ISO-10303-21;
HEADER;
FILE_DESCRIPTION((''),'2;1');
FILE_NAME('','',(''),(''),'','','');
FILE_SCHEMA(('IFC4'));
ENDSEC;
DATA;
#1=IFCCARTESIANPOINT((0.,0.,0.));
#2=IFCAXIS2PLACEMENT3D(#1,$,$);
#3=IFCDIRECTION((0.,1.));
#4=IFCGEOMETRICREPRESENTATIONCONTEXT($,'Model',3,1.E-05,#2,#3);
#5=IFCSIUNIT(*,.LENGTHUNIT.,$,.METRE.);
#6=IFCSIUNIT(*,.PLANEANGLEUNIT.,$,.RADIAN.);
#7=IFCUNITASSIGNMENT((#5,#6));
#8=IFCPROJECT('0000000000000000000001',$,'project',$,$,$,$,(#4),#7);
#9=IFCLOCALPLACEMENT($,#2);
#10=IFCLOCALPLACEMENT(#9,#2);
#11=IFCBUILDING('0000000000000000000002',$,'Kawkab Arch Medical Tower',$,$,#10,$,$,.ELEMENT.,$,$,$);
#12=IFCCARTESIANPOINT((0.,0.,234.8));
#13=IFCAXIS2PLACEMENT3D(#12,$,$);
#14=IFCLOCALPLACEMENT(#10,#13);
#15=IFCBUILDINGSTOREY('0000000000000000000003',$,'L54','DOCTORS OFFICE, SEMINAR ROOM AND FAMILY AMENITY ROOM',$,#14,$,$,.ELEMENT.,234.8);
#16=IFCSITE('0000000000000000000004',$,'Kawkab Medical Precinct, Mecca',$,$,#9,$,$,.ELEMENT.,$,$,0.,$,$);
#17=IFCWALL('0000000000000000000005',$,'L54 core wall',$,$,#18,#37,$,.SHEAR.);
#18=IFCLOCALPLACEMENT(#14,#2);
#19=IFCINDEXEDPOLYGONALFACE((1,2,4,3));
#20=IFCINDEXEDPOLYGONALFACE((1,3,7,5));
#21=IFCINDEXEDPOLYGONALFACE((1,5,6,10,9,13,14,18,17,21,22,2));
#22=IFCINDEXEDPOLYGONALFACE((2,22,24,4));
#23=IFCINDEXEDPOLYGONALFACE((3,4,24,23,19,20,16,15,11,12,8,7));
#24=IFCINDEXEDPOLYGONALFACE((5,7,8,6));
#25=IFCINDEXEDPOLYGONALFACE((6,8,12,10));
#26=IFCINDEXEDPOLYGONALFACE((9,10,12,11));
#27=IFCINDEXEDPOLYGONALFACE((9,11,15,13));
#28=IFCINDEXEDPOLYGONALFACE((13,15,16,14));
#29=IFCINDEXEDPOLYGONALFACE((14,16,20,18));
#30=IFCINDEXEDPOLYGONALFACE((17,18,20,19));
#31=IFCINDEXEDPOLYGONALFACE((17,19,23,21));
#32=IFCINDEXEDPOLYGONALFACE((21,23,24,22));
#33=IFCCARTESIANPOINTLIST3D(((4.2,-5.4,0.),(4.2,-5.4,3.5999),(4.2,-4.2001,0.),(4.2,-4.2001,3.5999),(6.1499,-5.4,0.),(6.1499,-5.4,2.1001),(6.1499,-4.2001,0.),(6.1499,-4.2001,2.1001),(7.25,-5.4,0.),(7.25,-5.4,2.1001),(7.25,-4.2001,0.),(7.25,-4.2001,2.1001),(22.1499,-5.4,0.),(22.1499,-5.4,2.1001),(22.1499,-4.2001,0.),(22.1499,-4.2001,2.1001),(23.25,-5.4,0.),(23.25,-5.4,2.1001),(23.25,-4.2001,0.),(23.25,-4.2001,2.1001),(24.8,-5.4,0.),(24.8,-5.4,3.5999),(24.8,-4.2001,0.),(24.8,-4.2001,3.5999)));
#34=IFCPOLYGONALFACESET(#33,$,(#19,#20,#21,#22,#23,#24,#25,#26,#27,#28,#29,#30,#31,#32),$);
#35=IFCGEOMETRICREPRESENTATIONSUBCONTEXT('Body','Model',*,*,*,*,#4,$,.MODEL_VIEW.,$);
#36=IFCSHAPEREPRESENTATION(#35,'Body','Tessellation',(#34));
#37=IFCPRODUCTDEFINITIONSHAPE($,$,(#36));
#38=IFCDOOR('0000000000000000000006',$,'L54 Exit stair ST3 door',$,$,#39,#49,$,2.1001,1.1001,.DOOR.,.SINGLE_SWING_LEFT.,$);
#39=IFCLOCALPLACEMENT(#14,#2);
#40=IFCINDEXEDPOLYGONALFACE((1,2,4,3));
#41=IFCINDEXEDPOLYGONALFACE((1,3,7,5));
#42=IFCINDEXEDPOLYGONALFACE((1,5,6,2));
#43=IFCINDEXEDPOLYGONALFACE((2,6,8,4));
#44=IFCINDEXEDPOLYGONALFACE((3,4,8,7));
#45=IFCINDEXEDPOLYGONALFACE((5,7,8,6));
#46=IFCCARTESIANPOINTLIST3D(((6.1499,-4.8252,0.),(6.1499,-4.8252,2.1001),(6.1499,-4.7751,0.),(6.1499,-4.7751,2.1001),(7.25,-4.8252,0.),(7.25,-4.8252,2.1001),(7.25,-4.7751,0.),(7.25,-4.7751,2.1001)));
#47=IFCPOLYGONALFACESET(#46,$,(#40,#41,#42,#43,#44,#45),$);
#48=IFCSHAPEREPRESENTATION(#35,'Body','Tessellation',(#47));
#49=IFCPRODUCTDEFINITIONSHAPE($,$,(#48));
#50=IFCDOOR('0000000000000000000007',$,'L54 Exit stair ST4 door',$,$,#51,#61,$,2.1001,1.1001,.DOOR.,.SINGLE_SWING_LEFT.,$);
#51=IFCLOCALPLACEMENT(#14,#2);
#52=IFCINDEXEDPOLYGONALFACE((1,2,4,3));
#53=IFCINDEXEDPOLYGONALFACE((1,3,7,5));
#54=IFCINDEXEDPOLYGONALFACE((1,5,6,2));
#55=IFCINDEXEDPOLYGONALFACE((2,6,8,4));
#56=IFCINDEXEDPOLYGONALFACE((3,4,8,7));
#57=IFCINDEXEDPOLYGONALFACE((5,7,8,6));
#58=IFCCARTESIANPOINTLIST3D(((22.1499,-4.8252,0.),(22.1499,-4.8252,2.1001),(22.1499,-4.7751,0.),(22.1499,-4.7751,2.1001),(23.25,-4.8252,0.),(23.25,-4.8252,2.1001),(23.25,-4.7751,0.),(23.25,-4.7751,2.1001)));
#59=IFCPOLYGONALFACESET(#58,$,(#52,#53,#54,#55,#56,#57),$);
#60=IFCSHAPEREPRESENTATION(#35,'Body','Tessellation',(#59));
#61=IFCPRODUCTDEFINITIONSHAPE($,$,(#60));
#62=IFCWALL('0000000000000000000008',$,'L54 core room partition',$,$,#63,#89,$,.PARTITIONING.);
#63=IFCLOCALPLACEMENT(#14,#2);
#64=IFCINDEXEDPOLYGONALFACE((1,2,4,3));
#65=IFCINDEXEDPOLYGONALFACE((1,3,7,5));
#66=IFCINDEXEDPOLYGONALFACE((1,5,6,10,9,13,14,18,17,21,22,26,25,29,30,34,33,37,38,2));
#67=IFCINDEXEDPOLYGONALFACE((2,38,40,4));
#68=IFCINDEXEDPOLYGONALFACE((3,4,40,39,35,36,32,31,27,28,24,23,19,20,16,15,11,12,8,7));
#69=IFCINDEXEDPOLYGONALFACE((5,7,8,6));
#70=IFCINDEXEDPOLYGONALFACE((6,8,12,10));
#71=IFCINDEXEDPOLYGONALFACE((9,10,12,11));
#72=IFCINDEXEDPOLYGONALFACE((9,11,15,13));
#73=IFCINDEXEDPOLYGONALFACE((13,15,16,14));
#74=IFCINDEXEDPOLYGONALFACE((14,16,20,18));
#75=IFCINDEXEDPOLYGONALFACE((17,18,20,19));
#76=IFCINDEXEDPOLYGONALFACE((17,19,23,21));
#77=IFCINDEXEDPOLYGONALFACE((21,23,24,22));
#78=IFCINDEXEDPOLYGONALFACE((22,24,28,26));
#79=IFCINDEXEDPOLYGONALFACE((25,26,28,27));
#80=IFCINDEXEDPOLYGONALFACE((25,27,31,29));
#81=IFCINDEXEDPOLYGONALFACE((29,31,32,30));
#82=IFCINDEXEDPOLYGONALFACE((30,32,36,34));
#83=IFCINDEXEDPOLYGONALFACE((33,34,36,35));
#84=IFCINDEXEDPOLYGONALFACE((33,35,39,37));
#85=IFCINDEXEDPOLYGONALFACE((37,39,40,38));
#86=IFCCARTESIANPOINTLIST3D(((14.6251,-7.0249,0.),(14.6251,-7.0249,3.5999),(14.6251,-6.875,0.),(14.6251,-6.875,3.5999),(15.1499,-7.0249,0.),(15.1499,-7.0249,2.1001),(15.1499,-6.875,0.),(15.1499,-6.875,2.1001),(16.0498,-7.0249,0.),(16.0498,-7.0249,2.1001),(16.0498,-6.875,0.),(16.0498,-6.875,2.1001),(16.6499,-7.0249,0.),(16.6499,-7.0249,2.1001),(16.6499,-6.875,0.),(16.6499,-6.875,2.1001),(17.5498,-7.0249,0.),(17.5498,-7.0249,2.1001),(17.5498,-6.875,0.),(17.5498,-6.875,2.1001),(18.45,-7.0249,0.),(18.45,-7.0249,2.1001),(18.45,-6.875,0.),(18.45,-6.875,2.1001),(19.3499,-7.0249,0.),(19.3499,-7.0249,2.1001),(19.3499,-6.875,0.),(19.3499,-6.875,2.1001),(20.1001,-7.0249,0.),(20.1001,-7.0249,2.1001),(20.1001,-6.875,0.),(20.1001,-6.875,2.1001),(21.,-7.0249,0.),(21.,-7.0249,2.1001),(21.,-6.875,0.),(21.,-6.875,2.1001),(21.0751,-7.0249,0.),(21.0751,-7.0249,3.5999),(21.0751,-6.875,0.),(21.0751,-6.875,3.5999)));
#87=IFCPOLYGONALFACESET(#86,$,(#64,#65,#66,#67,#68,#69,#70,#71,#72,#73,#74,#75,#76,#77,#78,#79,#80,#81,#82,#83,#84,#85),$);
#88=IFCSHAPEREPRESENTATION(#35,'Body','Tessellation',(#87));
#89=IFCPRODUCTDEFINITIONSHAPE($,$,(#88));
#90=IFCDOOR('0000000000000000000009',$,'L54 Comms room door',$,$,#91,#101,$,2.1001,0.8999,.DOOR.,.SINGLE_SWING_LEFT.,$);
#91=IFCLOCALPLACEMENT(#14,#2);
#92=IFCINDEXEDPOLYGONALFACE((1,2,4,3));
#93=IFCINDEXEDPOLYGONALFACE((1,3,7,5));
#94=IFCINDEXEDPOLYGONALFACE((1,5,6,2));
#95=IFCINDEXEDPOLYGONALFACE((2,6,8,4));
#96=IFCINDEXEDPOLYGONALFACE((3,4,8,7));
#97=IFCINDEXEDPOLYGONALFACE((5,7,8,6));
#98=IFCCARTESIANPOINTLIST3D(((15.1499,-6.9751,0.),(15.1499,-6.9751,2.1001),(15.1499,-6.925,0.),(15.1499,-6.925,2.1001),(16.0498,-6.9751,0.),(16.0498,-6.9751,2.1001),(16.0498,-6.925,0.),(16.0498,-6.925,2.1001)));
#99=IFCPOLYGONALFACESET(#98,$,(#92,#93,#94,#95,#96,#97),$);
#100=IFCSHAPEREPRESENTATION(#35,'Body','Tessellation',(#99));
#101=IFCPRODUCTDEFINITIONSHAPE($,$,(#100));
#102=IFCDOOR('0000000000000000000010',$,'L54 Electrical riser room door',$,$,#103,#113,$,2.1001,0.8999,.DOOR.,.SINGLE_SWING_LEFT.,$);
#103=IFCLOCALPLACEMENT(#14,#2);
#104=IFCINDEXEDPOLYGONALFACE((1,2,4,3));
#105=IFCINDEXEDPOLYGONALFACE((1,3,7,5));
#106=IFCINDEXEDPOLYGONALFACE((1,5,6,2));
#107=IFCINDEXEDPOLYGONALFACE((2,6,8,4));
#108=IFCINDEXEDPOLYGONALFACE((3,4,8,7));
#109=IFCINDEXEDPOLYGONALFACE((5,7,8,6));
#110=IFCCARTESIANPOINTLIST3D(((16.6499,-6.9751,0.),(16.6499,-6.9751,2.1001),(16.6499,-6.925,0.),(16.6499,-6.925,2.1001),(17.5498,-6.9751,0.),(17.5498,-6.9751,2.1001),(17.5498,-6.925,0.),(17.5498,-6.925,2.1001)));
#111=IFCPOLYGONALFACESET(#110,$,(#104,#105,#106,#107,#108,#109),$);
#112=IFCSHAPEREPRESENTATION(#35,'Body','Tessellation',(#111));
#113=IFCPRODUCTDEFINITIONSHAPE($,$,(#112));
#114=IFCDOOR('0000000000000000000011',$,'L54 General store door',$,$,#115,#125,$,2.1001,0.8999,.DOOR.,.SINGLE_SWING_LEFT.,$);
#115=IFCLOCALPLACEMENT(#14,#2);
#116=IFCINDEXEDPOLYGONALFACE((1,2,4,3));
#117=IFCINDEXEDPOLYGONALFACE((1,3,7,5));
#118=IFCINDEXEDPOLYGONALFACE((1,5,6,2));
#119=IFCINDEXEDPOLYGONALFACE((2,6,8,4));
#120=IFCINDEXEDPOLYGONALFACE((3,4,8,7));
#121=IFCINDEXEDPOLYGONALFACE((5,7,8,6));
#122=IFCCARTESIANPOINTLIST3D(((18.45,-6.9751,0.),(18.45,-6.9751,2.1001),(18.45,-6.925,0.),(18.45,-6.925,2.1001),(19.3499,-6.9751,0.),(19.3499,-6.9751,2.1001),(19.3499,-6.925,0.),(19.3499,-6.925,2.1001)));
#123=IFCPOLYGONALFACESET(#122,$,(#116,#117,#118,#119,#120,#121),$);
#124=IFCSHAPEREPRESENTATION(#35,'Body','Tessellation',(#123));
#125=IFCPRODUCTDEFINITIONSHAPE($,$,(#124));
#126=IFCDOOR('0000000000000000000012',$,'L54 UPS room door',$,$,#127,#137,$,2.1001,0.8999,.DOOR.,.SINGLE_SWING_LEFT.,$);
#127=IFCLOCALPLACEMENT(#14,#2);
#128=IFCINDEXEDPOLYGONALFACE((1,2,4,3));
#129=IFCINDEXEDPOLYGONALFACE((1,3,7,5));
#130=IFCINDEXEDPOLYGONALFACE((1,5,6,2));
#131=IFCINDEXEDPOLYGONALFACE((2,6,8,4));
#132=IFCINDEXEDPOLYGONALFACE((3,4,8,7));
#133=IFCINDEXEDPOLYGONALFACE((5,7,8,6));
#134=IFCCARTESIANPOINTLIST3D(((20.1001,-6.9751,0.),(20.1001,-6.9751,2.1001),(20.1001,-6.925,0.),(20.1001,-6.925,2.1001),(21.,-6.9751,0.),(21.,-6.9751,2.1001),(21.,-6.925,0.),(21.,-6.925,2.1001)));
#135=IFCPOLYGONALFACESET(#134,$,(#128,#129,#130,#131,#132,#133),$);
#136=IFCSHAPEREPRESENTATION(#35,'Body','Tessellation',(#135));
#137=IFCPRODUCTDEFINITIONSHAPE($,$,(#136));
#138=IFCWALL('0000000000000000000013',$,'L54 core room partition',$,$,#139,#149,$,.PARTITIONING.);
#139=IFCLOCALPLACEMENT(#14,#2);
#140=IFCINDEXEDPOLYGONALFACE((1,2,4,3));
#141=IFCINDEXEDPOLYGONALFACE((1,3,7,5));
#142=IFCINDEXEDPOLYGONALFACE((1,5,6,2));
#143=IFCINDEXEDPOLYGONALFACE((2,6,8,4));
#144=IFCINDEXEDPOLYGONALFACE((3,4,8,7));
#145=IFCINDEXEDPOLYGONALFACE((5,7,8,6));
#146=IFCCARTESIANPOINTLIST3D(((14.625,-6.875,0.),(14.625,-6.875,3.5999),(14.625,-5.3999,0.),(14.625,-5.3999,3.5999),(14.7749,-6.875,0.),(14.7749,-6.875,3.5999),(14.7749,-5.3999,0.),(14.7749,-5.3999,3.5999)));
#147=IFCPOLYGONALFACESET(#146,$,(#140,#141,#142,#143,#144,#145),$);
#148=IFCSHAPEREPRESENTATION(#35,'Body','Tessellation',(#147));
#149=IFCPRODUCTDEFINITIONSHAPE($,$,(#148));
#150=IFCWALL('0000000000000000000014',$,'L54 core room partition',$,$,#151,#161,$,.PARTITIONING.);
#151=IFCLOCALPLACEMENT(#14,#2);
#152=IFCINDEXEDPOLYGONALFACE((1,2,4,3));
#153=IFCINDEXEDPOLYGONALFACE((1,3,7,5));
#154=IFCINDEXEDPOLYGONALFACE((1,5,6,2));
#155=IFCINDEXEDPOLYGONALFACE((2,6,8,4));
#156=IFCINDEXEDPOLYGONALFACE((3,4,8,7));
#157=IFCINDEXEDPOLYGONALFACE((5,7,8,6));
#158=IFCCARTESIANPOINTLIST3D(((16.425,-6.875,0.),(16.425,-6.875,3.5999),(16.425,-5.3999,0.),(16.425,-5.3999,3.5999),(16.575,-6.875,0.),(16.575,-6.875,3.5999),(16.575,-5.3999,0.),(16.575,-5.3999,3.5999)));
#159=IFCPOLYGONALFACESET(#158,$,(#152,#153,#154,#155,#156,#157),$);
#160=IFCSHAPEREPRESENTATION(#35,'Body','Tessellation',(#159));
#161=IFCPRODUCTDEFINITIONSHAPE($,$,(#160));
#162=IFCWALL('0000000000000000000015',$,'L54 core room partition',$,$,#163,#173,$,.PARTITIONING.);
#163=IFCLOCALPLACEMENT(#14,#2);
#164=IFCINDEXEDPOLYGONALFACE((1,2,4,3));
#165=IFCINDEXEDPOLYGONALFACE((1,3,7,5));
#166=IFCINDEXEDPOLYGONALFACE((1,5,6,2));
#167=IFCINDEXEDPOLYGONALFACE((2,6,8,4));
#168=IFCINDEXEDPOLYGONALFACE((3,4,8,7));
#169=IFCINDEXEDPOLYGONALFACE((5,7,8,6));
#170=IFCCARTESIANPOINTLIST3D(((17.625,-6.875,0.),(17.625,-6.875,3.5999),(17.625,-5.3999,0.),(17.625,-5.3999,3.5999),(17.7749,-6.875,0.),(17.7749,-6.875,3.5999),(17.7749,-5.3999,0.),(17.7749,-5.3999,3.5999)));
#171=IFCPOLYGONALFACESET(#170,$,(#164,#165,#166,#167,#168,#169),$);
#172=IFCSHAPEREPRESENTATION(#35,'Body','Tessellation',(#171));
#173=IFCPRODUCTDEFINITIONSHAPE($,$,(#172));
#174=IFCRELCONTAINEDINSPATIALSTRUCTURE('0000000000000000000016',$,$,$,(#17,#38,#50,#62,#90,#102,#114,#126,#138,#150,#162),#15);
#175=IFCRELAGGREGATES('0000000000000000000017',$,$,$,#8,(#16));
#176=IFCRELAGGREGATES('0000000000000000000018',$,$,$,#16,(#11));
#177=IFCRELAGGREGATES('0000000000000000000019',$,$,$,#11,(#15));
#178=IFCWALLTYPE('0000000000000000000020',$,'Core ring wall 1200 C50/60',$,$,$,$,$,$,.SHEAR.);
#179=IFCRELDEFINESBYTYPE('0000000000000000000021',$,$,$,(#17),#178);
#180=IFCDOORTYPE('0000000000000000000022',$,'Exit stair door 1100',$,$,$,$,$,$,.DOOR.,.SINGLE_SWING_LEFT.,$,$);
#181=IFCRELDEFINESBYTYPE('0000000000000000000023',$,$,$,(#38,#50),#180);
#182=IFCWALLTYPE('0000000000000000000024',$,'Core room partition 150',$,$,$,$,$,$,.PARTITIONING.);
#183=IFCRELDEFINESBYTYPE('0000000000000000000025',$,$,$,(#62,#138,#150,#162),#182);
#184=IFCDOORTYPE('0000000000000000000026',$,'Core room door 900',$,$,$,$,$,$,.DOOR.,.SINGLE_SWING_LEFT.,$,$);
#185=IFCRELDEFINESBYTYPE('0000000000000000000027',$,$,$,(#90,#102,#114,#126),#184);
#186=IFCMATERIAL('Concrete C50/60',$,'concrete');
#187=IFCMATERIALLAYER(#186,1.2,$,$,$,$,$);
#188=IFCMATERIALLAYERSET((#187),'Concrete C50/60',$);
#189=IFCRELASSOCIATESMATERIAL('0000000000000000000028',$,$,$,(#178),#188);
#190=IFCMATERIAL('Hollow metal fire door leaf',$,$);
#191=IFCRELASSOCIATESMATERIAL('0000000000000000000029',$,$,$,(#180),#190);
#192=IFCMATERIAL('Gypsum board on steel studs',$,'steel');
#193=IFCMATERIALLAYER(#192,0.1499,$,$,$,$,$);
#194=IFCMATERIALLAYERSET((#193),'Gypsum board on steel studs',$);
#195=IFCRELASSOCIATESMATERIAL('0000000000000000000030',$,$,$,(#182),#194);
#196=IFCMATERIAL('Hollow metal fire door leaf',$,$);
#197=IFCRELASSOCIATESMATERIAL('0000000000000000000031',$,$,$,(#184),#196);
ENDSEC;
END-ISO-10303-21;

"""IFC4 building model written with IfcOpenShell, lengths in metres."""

from ifc_helpers import new_model, si_unit, direction, frame, frame_2d, origin, place, context, subcontext, project, spatial, rectangle, extrude, material, layer, layer_set, type_object, element, fill, save


model = new_model("IFC4")

# Units and contexts
model_context = context("Model", 3, precision=1e-05, world=origin(), true_north=direction((0.0, 1.0)))
body_context = subcontext(model_context, "Body", "Model", "MODEL_VIEW")
ifc_project = project(units=[si_unit("LENGTHUNIT", "METRE"), si_unit("PLANEANGLEUNIT", "RADIAN")], contexts=[model_context])

# Site, building, storey
site_placement = place(None, origin())
site = spatial("IfcSite", under=ifc_project, at=site_placement, Name="Kawkab Medical Precinct, Mecca", CompositionType="ELEMENT", RefElevation=0.0)
building_placement = place(site_placement, origin())
building = spatial("IfcBuilding", under=site, at=building_placement, Name="Kawkab Arch Medical Tower", CompositionType="ELEMENT")
storey_placement = place(building_placement, frame((0.0, 0.0, 234.8)))
storey = spatial("IfcBuildingStorey", under=building, at=storey_placement, Name="L54", Description="DOCTORS OFFICE, SEMINAR ROOM AND FAMILY AMENITY ROOM", CompositionType="ELEMENT", Elevation=234.8)

# Walls, openings, doors
ifc_material_1 = material(Name="Concrete C50/60", Category="concrete")
ifc_layer_1 = layer(ifc_material_1, 1.2)
ifc_layer_set_1 = layer_set([ifc_layer_1], Name="Concrete C50/60")
wall_type_1 = type_object("IfcWallType", Name="Core ring wall 1200 C50/60", PredefinedType="SHEAR", material=ifc_layer_set_1)
wall_1_placement = place(storey_placement, frame((4.2, -4.8, 0.0), z_axis=(0.0, 0.0, 1.0), x_axis=(1.0, 0.0, 0.0)))
wall_1 = element("IfcWall", 1, at=wall_1_placement, inside=storey, type_object=wall_type_1, Name="L54 core wall", PredefinedType="SHEAR", context=body_context, shape_type="SweptSolid", body=[
    extrude(rectangle(XDim=20.6001, YDim=1.2, at=frame_2d((10.3, 0.0))), origin(), (0.0, 0.0, 1.0), 3.5999),
])
opening_1_placement = place(wall_1_placement, frame((1.95, 0.0, 0.0)))
opening_1 = element("IfcOpeningElement", 2, at=opening_1_placement, cuts=wall_1, PredefinedType="OPENING", context=body_context, shape_type="SweptSolid", body=[
    extrude(rectangle(XDim=1.1001, YDim=2.1001, at=frame_2d((0.55, 1.05))), frame((0.0, 0.6099, 0.0), z_axis=(0.0, -1.0, 0.0), x_axis=(1.0, 0.0, 0.0)), (0.0, 0.0, 1.0), 1.22),
])
opening_2_placement = place(wall_1_placement, frame((17.95, 0.0, 0.0)))
opening_2 = element("IfcOpeningElement", 3, at=opening_2_placement, cuts=wall_1, PredefinedType="OPENING", context=body_context, shape_type="SweptSolid", body=[
    extrude(rectangle(XDim=1.1001, YDim=2.1001, at=frame_2d((0.55, 1.05))), frame((0.0, 0.6099, 0.0), z_axis=(0.0, -1.0, 0.0), x_axis=(1.0, 0.0, 0.0)), (0.0, 0.0, 1.0), 1.22),
])
ifc_material_2 = material(Name="Hollow metal fire door leaf")
door_type_1 = type_object("IfcDoorType", Name="Exit stair door 1100", OperationType="SINGLE_SWING_LEFT", PredefinedType="DOOR", material=ifc_material_2)
door_1_placement = place(opening_1_placement, origin())
door_1 = element("IfcDoor", 4, at=door_1_placement, inside=storey, type_object=door_type_1, Name="L54 Exit stair ST3 door", OperationType="SINGLE_SWING_LEFT", OverallHeight=2.1001, OverallWidth=1.1001, PredefinedType="DOOR", context=body_context, shape_type="SweptSolid", body=[
    extrude(rectangle(XDim=1.1001, YDim=2.1001, at=frame_2d((0.55, 1.05))), frame((0.0, 0.0249, 0.0), z_axis=(0.0, -1.0, 0.0), x_axis=(1.0, 0.0, 0.0)), (0.0, 0.0, 1.0), 0.05),
])
fill(opening_1, door_1)
door_2_placement = place(opening_2_placement, origin())
door_2 = element("IfcDoor", 5, at=door_2_placement, inside=storey, type_object=door_type_1, Name="L54 Exit stair ST4 door", OperationType="SINGLE_SWING_LEFT", OverallHeight=2.1001, OverallWidth=1.1001, PredefinedType="DOOR", context=body_context, shape_type="SweptSolid", body=[
    extrude(rectangle(XDim=1.1001, YDim=2.1001, at=frame_2d((0.55, 1.05))), frame((0.0, 0.0249, 0.0), z_axis=(0.0, -1.0, 0.0), x_axis=(1.0, 0.0, 0.0)), (0.0, 0.0, 1.0), 0.05),
])
fill(opening_2, door_2)
ifc_material_3 = material(Name="Gypsum board on steel studs", Category="steel")
ifc_layer_2 = layer(ifc_material_3, 0.1499)
ifc_layer_set_2 = layer_set([ifc_layer_2], Name="Gypsum board on steel studs")
wall_type_2 = type_object("IfcWallType", Name="Core room partition 150", PredefinedType="PARTITIONING", material=ifc_layer_set_2)
wall_2_placement = place(storey_placement, frame((14.625, -6.95, 0.0), z_axis=(0.0, 0.0, 1.0), x_axis=(1.0, 0.0, 0.0)))
wall_2 = element("IfcWall", 6, at=wall_2_placement, inside=storey, type_object=wall_type_2, Name="L54 core room partition", PredefinedType="PARTITIONING", context=body_context, shape_type="SweptSolid", body=[
    extrude(rectangle(XDim=6.45, YDim=0.1499, at=frame_2d((3.2251, 0.0))), origin(), (0.0, 0.0, 1.0), 3.5999),
])
opening_3_placement = place(wall_2_placement, frame((0.5249, 0.0, 0.0)))
opening_3 = element("IfcOpeningElement", 7, at=opening_3_placement, cuts=wall_2, PredefinedType="OPENING", context=body_context, shape_type="SweptSolid", body=[
    extrude(rectangle(XDim=0.8999, YDim=2.1001, at=frame_2d((0.45, 1.05))), frame((0.0, 0.085, 0.0), z_axis=(0.0, -1.0, 0.0), x_axis=(1.0, 0.0, 0.0)), (0.0, 0.0, 1.0), 0.1699),
])
opening_4_placement = place(wall_2_placement, frame((2.0249, 0.0, 0.0)))
opening_4 = element("IfcOpeningElement", 8, at=opening_4_placement, cuts=wall_2, PredefinedType="OPENING", context=body_context, shape_type="SweptSolid", body=[
    extrude(rectangle(XDim=0.8999, YDim=2.1001, at=frame_2d((0.45, 1.05))), frame((0.0, 0.085, 0.0), z_axis=(0.0, -1.0, 0.0), x_axis=(1.0, 0.0, 0.0)), (0.0, 0.0, 1.0), 0.1699),
])
opening_5_placement = place(wall_2_placement, frame((3.825, 0.0, 0.0)))
opening_5 = element("IfcOpeningElement", 9, at=opening_5_placement, cuts=wall_2, PredefinedType="OPENING", context=body_context, shape_type="SweptSolid", body=[
    extrude(rectangle(XDim=0.8999, YDim=2.1001, at=frame_2d((0.45, 1.05))), frame((0.0, 0.085, 0.0), z_axis=(0.0, -1.0, 0.0), x_axis=(1.0, 0.0, 0.0)), (0.0, 0.0, 1.0), 0.1699),
])
opening_6_placement = place(wall_2_placement, frame((5.4751, 0.0, 0.0)))
opening_6 = element("IfcOpeningElement", 10, at=opening_6_placement, cuts=wall_2, PredefinedType="OPENING", context=body_context, shape_type="SweptSolid", body=[
    extrude(rectangle(XDim=0.8999, YDim=2.1001, at=frame_2d((0.45, 1.05))), frame((0.0, 0.085, 0.0), z_axis=(0.0, -1.0, 0.0), x_axis=(1.0, 0.0, 0.0)), (0.0, 0.0, 1.0), 0.1699),
])
ifc_material_4 = material(Name="Hollow metal fire door leaf")
door_type_2 = type_object("IfcDoorType", Name="Core room door 900", OperationType="SINGLE_SWING_LEFT", PredefinedType="DOOR", material=ifc_material_4)
door_3_placement = place(opening_3_placement, origin())
door_3 = element("IfcDoor", 11, at=door_3_placement, inside=storey, type_object=door_type_2, Name="L54 Comms room door", OperationType="SINGLE_SWING_LEFT", OverallHeight=2.1001, OverallWidth=0.8999, PredefinedType="DOOR", context=body_context, shape_type="SweptSolid", body=[
    extrude(rectangle(XDim=0.8999, YDim=2.1001, at=frame_2d((0.45, 1.05))), frame((0.0, 0.0249, 0.0), z_axis=(0.0, -1.0, 0.0), x_axis=(1.0, 0.0, 0.0)), (0.0, 0.0, 1.0), 0.05),
])
fill(opening_3, door_3)
door_4_placement = place(opening_4_placement, origin())
door_4 = element("IfcDoor", 12, at=door_4_placement, inside=storey, type_object=door_type_2, Name="L54 Electrical riser room door", OperationType="SINGLE_SWING_LEFT", OverallHeight=2.1001, OverallWidth=0.8999, PredefinedType="DOOR", context=body_context, shape_type="SweptSolid", body=[
    extrude(rectangle(XDim=0.8999, YDim=2.1001, at=frame_2d((0.45, 1.05))), frame((0.0, 0.0249, 0.0), z_axis=(0.0, -1.0, 0.0), x_axis=(1.0, 0.0, 0.0)), (0.0, 0.0, 1.0), 0.05),
])
fill(opening_4, door_4)
door_5_placement = place(opening_5_placement, origin())
door_5 = element("IfcDoor", 13, at=door_5_placement, inside=storey, type_object=door_type_2, Name="L54 General store door", OperationType="SINGLE_SWING_LEFT", OverallHeight=2.1001, OverallWidth=0.8999, PredefinedType="DOOR", context=body_context, shape_type="SweptSolid", body=[
    extrude(rectangle(XDim=0.8999, YDim=2.1001, at=frame_2d((0.45, 1.05))), frame((0.0, 0.0249, 0.0), z_axis=(0.0, -1.0, 0.0), x_axis=(1.0, 0.0, 0.0)), (0.0, 0.0, 1.0), 0.05),
])
fill(opening_5, door_5)
door_6_placement = place(opening_6_placement, origin())
door_6 = element("IfcDoor", 14, at=door_6_placement, inside=storey, type_object=door_type_2, Name="L54 UPS room door", OperationType="SINGLE_SWING_LEFT", OverallHeight=2.1001, OverallWidth=0.8999, PredefinedType="DOOR", context=body_context, shape_type="SweptSolid", body=[
    extrude(rectangle(XDim=0.8999, YDim=2.1001, at=frame_2d((0.45, 1.05))), frame((0.0, 0.0249, 0.0), z_axis=(0.0, -1.0, 0.0), x_axis=(1.0, 0.0, 0.0)), (0.0, 0.0, 1.0), 0.05),
])
fill(opening_6, door_6)

# Walls
for number, where, z_axis, x_axis, name in (
    (15, (14.7, -6.875, 0.0), (0.0, 0.0, 1.0), (0.0, 1.0, 0.0), "L54 core room partition"),
    (16, (16.5, -6.875, 0.0), (0.0, 0.0, 1.0), (0.0, 1.0, 0.0), "L54 core room partition"),
    (17, (17.7, -6.875, 0.0), (0.0, 0.0, 1.0), (0.0, 1.0, 0.0), "L54 core room partition"),
):
    element("IfcWall", number, at=place(storey_placement, frame(where, z_axis=z_axis, x_axis=x_axis)), inside=storey, type_object=wall_type_2, Name=name, PredefinedType="PARTITIONING", context=body_context, shape_type="SweptSolid", body=[
        extrude(rectangle(XDim=1.4751, YDim=0.1499, at=frame_2d((0.7375, 0.0))), origin(), (0.0, 0.0, 1.0), 3.5999),
    ])

save(model, "model.ifc")
